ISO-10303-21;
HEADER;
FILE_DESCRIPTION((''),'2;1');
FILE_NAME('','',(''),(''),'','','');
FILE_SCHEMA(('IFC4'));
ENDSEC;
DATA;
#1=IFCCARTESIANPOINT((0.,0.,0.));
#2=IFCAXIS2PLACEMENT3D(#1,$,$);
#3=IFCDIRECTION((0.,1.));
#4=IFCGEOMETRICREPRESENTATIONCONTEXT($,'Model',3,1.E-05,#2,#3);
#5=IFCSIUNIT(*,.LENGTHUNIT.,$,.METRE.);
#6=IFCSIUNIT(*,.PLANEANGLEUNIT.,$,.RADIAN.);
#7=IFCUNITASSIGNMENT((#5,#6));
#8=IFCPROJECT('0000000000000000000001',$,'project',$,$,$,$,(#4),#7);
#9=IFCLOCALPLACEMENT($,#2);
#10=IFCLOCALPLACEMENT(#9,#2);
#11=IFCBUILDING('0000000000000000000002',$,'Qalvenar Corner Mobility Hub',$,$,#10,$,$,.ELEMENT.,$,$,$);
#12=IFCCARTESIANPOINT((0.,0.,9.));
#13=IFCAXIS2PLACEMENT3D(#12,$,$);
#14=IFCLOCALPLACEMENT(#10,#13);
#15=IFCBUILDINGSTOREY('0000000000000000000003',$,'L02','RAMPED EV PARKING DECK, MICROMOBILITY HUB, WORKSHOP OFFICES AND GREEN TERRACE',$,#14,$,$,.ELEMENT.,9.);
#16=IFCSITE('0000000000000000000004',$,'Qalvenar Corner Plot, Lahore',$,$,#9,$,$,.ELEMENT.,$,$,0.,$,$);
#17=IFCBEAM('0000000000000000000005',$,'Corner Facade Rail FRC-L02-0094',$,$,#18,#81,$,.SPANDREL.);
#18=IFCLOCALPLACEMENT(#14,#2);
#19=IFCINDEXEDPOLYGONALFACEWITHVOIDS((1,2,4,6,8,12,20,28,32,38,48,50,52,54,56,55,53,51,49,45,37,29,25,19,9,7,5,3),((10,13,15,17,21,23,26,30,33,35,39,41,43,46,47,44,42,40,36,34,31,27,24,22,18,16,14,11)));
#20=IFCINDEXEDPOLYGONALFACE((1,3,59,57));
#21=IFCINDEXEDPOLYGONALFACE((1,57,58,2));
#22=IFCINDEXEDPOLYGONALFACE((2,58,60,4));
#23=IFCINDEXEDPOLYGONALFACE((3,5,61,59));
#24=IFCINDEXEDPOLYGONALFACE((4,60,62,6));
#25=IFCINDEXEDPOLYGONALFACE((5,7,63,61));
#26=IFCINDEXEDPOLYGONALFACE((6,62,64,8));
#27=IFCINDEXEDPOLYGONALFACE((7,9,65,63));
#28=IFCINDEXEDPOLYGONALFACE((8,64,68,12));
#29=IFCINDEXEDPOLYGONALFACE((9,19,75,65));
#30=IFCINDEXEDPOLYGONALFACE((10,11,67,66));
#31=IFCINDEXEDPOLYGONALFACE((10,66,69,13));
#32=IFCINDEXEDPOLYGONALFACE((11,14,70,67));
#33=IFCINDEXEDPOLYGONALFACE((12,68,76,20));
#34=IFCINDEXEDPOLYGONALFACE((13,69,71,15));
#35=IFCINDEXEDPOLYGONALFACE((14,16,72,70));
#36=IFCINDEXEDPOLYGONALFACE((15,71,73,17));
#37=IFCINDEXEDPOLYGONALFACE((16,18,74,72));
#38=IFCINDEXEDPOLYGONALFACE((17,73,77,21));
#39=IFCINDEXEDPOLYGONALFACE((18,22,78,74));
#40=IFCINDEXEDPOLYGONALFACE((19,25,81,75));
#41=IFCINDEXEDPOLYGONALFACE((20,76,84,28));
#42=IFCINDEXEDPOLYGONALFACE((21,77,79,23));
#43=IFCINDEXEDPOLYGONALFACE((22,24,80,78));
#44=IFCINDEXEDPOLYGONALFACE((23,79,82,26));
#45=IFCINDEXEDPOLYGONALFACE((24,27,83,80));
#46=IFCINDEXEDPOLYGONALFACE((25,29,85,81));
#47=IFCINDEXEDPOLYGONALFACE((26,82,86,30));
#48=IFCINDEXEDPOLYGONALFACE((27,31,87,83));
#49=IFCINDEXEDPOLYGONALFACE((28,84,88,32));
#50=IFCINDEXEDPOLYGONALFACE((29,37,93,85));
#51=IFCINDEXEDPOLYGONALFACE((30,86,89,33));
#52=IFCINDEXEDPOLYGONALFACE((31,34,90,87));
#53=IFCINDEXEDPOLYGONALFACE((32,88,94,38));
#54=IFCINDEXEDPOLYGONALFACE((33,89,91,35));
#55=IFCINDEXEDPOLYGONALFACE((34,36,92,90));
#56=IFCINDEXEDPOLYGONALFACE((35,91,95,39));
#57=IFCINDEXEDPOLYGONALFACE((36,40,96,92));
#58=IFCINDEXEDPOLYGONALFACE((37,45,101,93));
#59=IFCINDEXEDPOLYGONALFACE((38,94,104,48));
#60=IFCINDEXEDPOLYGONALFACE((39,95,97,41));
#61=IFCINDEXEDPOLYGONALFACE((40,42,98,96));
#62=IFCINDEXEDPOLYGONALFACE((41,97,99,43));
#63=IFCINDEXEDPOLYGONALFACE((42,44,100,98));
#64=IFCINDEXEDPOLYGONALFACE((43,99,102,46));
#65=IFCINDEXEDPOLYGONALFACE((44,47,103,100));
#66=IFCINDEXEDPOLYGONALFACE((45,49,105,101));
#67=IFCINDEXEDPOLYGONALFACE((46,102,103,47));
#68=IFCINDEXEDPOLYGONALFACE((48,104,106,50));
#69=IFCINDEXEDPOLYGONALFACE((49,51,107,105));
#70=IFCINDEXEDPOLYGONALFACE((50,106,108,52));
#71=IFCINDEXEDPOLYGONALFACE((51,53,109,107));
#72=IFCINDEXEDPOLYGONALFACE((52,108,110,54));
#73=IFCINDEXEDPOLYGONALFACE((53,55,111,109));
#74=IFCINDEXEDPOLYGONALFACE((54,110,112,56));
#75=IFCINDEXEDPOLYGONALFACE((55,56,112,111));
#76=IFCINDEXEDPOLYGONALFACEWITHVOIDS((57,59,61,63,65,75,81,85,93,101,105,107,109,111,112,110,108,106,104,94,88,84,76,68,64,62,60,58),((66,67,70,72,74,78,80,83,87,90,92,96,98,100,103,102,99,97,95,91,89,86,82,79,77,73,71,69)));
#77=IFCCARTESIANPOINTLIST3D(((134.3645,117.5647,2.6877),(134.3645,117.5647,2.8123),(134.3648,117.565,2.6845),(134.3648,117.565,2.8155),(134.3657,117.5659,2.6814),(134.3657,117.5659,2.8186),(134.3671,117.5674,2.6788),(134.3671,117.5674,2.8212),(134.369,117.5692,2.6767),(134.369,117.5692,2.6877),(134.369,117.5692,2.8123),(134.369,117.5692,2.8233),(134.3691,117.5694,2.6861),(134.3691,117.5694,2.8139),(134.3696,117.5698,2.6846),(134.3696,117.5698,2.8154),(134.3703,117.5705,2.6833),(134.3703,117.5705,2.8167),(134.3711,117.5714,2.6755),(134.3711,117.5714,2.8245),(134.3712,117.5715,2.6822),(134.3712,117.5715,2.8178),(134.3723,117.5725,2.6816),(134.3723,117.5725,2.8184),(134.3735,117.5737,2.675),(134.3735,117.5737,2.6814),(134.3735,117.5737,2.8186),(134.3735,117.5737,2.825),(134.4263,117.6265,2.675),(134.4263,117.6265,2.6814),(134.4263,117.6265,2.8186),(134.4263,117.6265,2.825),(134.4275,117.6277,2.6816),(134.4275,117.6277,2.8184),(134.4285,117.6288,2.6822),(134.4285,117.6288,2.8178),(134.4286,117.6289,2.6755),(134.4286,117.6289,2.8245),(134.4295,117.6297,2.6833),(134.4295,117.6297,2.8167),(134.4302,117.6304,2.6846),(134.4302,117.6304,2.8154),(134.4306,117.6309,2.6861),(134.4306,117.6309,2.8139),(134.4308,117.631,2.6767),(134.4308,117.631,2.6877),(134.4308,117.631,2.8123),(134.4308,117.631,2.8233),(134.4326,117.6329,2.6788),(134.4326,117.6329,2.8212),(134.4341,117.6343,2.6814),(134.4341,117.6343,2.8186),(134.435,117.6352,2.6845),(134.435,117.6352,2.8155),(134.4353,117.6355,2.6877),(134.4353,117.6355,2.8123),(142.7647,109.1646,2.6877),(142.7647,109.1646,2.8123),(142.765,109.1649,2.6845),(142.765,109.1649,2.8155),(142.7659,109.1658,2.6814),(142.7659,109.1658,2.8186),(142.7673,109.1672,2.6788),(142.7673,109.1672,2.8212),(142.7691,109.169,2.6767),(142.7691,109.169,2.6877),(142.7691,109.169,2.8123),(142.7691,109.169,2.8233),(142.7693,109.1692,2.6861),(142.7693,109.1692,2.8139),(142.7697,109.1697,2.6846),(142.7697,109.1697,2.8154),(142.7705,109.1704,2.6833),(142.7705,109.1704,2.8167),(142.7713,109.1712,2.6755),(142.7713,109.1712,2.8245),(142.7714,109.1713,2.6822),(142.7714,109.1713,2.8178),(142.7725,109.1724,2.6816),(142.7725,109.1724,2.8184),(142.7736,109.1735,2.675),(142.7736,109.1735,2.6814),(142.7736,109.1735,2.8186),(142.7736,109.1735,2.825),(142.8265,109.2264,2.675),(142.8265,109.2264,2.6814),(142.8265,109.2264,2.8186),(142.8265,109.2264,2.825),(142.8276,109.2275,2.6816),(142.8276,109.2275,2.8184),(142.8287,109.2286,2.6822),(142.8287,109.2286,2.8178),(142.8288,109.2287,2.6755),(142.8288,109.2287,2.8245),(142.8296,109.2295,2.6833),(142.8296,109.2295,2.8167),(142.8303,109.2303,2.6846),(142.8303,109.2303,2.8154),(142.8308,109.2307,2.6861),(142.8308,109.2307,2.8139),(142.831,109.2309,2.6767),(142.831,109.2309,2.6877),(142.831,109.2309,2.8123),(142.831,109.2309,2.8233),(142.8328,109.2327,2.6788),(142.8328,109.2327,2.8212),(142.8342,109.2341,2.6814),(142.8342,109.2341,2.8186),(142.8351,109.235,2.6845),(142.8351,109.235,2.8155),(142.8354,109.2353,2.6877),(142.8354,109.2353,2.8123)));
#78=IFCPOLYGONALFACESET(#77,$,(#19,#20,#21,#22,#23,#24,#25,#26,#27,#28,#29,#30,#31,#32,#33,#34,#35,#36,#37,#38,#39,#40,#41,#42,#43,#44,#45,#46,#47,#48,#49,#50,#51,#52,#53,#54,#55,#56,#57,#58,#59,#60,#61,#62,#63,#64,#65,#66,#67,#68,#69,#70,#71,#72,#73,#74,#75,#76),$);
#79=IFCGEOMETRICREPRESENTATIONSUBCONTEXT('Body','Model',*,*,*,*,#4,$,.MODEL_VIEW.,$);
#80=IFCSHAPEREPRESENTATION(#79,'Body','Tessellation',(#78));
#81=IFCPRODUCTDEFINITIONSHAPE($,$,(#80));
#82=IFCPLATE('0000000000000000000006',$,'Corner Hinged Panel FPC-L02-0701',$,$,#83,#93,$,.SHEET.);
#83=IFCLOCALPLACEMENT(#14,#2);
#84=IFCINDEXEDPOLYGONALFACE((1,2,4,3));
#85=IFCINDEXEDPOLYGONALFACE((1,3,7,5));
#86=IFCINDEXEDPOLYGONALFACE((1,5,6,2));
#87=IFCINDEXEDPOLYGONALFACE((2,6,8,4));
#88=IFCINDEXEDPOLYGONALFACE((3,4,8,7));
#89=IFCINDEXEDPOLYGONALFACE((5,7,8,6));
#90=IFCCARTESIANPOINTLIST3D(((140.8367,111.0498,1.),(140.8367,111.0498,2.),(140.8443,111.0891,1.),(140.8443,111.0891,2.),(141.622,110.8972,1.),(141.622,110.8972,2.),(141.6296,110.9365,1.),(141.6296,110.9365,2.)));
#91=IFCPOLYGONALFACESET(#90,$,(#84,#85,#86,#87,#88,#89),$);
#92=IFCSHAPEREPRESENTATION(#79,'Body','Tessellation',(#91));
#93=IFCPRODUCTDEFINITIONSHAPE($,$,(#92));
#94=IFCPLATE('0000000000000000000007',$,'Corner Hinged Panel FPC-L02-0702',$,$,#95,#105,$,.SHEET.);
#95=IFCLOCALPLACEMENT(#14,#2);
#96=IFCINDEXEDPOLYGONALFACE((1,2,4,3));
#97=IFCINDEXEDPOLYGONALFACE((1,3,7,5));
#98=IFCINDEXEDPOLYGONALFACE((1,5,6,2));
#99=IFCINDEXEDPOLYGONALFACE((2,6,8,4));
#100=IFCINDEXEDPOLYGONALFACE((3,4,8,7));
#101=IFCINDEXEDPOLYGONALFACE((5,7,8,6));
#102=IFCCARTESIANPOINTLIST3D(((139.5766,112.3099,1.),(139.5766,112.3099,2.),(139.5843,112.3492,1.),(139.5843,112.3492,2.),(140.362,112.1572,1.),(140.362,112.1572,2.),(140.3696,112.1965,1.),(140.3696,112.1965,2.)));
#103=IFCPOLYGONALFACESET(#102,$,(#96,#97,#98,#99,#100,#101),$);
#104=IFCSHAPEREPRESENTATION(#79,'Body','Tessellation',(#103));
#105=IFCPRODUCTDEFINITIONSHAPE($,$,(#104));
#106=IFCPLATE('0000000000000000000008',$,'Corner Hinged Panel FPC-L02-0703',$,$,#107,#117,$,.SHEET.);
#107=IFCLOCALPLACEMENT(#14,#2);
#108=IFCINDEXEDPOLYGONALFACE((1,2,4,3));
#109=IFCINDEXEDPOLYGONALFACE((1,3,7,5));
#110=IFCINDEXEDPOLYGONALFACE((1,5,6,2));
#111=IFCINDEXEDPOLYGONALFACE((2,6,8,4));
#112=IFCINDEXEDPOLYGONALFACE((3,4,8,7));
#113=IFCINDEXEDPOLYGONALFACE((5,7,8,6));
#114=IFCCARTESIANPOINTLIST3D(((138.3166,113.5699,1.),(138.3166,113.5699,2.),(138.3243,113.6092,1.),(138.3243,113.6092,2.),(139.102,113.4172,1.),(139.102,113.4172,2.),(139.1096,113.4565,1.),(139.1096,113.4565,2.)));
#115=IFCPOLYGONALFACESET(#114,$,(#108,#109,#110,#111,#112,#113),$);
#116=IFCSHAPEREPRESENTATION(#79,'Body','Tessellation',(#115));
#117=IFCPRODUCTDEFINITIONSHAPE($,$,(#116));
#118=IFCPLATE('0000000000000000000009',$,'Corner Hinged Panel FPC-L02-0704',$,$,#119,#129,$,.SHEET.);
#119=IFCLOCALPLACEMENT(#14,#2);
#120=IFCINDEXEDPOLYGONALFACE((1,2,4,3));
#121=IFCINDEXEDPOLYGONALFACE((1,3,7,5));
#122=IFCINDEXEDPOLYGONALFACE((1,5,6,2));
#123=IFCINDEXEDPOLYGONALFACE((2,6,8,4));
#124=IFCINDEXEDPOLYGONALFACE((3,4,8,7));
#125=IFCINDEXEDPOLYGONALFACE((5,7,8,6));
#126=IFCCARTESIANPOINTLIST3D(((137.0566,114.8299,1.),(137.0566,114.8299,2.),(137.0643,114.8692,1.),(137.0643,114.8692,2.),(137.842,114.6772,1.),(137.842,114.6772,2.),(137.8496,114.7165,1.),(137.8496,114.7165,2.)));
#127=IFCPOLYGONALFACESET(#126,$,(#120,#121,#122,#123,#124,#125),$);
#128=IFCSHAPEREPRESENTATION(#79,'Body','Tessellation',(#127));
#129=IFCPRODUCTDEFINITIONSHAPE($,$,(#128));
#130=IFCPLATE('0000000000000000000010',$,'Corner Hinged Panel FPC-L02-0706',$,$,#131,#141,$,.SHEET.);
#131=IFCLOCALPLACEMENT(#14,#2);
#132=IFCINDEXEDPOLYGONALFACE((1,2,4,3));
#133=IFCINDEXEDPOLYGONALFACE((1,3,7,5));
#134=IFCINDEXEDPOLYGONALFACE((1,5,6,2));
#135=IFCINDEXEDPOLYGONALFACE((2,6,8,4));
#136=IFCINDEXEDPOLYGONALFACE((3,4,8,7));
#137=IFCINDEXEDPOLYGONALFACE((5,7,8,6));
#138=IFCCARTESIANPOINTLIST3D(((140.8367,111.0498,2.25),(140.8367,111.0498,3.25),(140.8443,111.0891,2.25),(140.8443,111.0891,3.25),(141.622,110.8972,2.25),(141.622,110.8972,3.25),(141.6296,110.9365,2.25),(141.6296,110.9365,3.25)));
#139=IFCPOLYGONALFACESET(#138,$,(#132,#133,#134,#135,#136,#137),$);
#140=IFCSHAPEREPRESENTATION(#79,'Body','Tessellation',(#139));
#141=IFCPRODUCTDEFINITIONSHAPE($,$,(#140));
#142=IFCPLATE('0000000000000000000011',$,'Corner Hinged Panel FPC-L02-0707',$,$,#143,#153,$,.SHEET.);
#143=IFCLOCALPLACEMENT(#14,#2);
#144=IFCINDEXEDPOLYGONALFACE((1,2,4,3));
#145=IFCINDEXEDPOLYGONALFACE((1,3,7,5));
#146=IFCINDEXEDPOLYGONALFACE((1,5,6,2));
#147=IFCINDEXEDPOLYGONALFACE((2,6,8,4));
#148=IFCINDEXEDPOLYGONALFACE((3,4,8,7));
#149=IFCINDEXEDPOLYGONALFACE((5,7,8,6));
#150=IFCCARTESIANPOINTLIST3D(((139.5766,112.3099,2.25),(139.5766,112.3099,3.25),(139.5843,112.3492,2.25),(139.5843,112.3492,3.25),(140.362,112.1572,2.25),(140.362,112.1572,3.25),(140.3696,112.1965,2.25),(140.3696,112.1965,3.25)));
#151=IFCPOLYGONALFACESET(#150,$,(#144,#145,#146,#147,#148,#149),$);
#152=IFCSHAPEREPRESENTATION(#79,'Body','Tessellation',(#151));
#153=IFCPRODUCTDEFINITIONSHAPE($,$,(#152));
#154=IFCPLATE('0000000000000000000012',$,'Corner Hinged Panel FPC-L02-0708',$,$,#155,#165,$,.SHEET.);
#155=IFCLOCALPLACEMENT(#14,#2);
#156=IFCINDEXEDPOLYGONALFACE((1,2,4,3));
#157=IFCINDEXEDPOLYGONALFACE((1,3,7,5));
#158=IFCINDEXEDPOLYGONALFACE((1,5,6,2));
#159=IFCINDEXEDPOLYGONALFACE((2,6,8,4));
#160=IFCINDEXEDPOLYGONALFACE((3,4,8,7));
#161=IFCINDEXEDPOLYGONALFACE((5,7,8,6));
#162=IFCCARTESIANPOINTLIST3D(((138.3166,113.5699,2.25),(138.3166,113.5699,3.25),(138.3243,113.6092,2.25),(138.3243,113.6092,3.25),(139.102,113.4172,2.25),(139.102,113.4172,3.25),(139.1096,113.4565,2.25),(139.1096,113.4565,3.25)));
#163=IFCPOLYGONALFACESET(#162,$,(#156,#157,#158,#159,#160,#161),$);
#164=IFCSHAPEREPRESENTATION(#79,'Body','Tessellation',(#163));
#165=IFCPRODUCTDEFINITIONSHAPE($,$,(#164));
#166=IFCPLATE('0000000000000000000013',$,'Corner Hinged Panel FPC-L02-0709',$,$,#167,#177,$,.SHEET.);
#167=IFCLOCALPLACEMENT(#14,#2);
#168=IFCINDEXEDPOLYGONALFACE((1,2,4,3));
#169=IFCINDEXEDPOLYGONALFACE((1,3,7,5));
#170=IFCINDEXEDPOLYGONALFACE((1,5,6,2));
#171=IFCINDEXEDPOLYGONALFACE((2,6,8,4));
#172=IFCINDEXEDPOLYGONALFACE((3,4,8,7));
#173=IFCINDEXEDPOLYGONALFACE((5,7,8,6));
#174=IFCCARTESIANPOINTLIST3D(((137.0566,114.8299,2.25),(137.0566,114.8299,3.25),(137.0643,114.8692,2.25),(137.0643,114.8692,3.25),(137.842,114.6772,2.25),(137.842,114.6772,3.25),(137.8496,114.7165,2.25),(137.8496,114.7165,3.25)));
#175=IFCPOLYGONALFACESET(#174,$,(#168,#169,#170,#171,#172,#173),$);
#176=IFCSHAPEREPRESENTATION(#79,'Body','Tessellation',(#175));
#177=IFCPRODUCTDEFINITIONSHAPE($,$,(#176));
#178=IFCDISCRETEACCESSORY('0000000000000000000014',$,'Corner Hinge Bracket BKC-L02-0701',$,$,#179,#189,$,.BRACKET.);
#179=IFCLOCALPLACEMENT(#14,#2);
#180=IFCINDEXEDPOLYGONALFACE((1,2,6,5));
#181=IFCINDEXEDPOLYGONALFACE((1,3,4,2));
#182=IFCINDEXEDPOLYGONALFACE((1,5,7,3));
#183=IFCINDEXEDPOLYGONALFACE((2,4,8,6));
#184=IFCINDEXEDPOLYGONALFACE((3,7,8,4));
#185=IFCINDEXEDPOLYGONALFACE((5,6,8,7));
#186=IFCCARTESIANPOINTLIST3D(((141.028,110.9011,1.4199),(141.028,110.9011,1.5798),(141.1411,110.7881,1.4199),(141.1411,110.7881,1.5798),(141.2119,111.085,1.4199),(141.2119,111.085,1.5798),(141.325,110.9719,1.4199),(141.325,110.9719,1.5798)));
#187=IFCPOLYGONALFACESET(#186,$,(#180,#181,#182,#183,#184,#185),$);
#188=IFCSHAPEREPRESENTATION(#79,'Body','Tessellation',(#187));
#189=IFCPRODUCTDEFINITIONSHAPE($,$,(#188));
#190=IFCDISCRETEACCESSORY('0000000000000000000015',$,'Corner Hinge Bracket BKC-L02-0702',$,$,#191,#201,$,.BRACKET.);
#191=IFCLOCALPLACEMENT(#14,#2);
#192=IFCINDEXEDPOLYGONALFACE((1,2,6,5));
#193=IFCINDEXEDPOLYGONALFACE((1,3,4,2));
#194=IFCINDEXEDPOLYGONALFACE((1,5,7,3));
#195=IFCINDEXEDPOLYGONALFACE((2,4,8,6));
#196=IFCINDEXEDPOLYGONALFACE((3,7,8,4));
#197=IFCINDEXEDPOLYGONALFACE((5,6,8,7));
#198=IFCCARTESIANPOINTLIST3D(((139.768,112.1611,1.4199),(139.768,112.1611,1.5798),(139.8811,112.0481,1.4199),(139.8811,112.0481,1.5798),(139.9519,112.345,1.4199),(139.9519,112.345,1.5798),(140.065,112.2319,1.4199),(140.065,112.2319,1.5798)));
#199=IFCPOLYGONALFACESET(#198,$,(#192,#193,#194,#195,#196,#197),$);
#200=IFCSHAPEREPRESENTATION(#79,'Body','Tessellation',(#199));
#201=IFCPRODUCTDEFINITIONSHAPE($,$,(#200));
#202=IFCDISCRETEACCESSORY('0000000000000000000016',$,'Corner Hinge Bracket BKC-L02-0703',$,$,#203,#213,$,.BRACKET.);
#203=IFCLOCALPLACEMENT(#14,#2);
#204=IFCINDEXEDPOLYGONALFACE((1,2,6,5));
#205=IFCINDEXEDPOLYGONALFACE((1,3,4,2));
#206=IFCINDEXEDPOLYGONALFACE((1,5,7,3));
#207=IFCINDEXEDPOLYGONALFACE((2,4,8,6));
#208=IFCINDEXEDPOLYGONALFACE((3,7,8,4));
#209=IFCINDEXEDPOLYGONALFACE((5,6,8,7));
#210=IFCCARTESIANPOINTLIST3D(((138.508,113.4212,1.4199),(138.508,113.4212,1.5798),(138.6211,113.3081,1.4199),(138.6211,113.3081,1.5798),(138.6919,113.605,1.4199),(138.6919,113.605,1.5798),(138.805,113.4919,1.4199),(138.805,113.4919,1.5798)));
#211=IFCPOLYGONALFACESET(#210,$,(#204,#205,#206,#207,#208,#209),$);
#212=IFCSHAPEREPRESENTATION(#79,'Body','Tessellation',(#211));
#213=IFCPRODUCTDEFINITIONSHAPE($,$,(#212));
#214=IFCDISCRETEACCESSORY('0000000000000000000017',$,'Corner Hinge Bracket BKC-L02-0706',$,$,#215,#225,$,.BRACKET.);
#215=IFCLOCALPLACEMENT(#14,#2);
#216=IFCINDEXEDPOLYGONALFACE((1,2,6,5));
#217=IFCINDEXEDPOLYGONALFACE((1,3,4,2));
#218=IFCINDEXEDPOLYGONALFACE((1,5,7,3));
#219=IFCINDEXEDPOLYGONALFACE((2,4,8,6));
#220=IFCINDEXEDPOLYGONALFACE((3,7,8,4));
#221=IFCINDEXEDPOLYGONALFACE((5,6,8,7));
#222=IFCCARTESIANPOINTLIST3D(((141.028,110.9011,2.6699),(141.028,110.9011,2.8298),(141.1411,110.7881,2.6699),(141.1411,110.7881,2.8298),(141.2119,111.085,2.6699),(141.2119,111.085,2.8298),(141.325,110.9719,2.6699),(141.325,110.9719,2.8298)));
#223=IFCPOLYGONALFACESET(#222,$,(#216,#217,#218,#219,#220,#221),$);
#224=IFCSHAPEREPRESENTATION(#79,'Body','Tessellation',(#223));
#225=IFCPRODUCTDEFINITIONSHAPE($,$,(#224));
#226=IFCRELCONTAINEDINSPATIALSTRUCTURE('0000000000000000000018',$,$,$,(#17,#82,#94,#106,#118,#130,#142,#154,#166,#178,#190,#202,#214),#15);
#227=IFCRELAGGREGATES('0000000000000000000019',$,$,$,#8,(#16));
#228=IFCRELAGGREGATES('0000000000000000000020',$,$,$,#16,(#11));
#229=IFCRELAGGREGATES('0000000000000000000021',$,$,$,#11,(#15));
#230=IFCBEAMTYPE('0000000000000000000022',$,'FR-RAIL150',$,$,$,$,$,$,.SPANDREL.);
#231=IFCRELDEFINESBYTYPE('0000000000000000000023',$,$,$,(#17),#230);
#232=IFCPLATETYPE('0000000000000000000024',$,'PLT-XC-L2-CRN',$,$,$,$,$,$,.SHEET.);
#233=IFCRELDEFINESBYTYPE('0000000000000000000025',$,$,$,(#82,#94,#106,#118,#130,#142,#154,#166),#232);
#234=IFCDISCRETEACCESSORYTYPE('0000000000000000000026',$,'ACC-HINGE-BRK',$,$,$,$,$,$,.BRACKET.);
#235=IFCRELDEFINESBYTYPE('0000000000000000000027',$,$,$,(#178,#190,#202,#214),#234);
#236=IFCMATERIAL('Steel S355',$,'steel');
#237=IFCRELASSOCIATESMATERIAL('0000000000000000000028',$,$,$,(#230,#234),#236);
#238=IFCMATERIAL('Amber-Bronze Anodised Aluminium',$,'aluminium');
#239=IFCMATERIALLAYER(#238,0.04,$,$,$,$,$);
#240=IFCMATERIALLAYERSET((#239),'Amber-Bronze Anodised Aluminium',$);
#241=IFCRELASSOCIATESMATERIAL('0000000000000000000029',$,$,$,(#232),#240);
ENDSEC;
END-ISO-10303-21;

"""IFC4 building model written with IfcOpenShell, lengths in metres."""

from ifc_helpers import new_model, si_unit, direction, frame, origin, origin_2d, place, context, subcontext, project, spatial, rectangle, hollow_rectangle, extrude, material, layer, layer_set, material_profile, profile_set, type_object, element, save


model = new_model("IFC4")

# Units and contexts
model_context = context("Model", 3, precision=1e-05, world=origin(), true_north=direction((0.0, 1.0)))
body_context = subcontext(model_context, "Body", "Model", "MODEL_VIEW")
ifc_project = project(units=[si_unit("LENGTHUNIT", "METRE"), si_unit("PLANEANGLEUNIT", "RADIAN")], contexts=[model_context])

# Site, building, storey
site_placement = place(None, origin())
site = spatial("IfcSite", under=ifc_project, at=site_placement, Name="Qalvenar Corner Plot, Lahore", CompositionType="ELEMENT", RefElevation=0.0)
building_placement = place(site_placement, origin())
building = spatial("IfcBuilding", under=site, at=building_placement, Name="Qalvenar Corner Mobility Hub", CompositionType="ELEMENT")
storey_placement = place(building_placement, frame((0.0, 0.0, 9.0)))
storey = spatial("IfcBuildingStorey", under=building, at=storey_placement, Name="L02", Description="RAMPED EV PARKING DECK, MICROMOBILITY HUB, WORKSHOP OFFICES AND GREEN TERRACE", CompositionType="ELEMENT", Elevation=9.0)

# Shared definitions
ifc_material_1 = material(Name="Steel S355", Category="steel")

# Beam
ifc_material_profile_1 = material_profile(ifc_material_1, hollow_rectangle(XDim=0.1001, YDim=0.1499, WallThickness=0.0063, InnerFilletRadius=0.0063, OuterFilletRadius=0.0127, at=origin_2d()), Name="RHS150x100x6.3")
ifc_profile_set_1 = profile_set([ifc_material_profile_1], Name="Steel S355")
beam_type_1 = type_object("IfcBeamType", Name="FR-RAIL150", PredefinedType="SPANDREL", material=ifc_profile_set_1)
for number, where, z_axis, x_axis, name in (
    (1, (142.8, 109.2, 2.75), (-0.707107, 0.707107, 0.0), (-0.707107, -0.707107, 0.0), "Corner Facade Rail FRC-L02-0094"),
):
    element("IfcBeam", number, at=place(storey_placement, frame(where, z_axis=z_axis, x_axis=x_axis)), inside=storey, type_object=beam_type_1, Name=name, PredefinedType="SPANDREL", context=body_context, shape_type="SweptSolid", body=[
        extrude(hollow_rectangle(XDim=0.1001, YDim=0.1499, WallThickness=0.0063, InnerFilletRadius=0.0063, OuterFilletRadius=0.0127, at=origin_2d()), origin(), (0.0, 0.0, 1.0), 11.8796),
    ])

# Plates
ifc_material_2 = material(Name="Amber-Bronze Anodised Aluminium", Category="aluminium")
ifc_layer = layer(ifc_material_2, 0.04)
ifc_layer_set = layer_set([ifc_layer], Name="Amber-Bronze Anodised Aluminium")
plate_type = type_object("IfcPlateType", Name="PLT-XC-L2-CRN", PredefinedType="SHEET", material=ifc_layer_set)
for number, where, z_axis, x_axis, name in (
    (2, (141.2332, 110.9932, 1.0), (0.0, 0.0, 1.0), (-0.981627, 0.190809, 0.0), "Corner Hinged Panel FPC-L02-0701"),
    (3, (139.9731, 112.2532, 1.0), (0.0, 0.0, 1.0), (-0.981627, 0.190809, 0.0), "Corner Hinged Panel FPC-L02-0702"),
    (4, (138.7131, 113.5132, 1.0), (0.0, 0.0, 1.0), (-0.981627, 0.190809, 0.0), "Corner Hinged Panel FPC-L02-0703"),
    (5, (137.4531, 114.7732, 1.0), (0.0, 0.0, 1.0), (-0.981627, 0.190809, 0.0), "Corner Hinged Panel FPC-L02-0704"),
    (6, (141.2332, 110.9932, 2.25), (0.0, 0.0, 1.0), (-0.981627, 0.190809, 0.0), "Corner Hinged Panel FPC-L02-0706"),
    (7, (139.9731, 112.2532, 2.25), (0.0, 0.0, 1.0), (-0.981627, 0.190809, 0.0), "Corner Hinged Panel FPC-L02-0707"),
    (8, (138.7131, 113.5132, 2.25), (0.0, 0.0, 1.0), (-0.981627, 0.190809, 0.0), "Corner Hinged Panel FPC-L02-0708"),
    (9, (137.4531, 114.7732, 2.25), (0.0, 0.0, 1.0), (-0.981627, 0.190809, 0.0), "Corner Hinged Panel FPC-L02-0709"),
):
    element("IfcPlate", number, at=place(storey_placement, frame(where, z_axis=z_axis, x_axis=x_axis)), inside=storey, type_object=plate_type, Name=name, PredefinedType="SHEET", context=body_context, shape_type="SweptSolid", body=[
        extrude(rectangle(XDim=0.8, YDim=0.04, at=origin_2d()), origin(), (0.0, 0.0, 1.0), 1.0),
    ])

# Discrete accessories
discrete_accessory_type = type_object("IfcDiscreteAccessoryType", Name="ACC-HINGE-BRK", PredefinedType="BRACKET", material=ifc_material_1)
for number, where, z_axis, x_axis, name in (
    (10, (141.1765, 110.9365, 1.4199), (0.0, 0.0, 1.0), (-0.707107, 0.707107, 0.0), "Corner Hinge Bracket BKC-L02-0701"),
    (11, (139.9165, 112.1965, 1.4199), (0.0, 0.0, 1.0), (-0.707107, 0.707107, 0.0), "Corner Hinge Bracket BKC-L02-0702"),
    (12, (138.6565, 113.4565, 1.4199), (0.0, 0.0, 1.0), (-0.707107, 0.707107, 0.0), "Corner Hinge Bracket BKC-L02-0703"),
    (13, (141.1765, 110.9365, 2.6699), (0.0, 0.0, 1.0), (-0.707107, 0.707107, 0.0), "Corner Hinge Bracket BKC-L02-0706"),
):
    element("IfcDiscreteAccessory", number, at=place(storey_placement, frame(where, z_axis=z_axis, x_axis=x_axis)), inside=storey, type_object=discrete_accessory_type, Name=name, PredefinedType="BRACKET", context=body_context, shape_type="SweptSolid", body=[
        extrude(rectangle(XDim=0.1599, YDim=0.26, at=origin_2d()), origin(), (0.0, 0.0, 1.0), 0.1599),
    ])

save(model, "model.ifc")
